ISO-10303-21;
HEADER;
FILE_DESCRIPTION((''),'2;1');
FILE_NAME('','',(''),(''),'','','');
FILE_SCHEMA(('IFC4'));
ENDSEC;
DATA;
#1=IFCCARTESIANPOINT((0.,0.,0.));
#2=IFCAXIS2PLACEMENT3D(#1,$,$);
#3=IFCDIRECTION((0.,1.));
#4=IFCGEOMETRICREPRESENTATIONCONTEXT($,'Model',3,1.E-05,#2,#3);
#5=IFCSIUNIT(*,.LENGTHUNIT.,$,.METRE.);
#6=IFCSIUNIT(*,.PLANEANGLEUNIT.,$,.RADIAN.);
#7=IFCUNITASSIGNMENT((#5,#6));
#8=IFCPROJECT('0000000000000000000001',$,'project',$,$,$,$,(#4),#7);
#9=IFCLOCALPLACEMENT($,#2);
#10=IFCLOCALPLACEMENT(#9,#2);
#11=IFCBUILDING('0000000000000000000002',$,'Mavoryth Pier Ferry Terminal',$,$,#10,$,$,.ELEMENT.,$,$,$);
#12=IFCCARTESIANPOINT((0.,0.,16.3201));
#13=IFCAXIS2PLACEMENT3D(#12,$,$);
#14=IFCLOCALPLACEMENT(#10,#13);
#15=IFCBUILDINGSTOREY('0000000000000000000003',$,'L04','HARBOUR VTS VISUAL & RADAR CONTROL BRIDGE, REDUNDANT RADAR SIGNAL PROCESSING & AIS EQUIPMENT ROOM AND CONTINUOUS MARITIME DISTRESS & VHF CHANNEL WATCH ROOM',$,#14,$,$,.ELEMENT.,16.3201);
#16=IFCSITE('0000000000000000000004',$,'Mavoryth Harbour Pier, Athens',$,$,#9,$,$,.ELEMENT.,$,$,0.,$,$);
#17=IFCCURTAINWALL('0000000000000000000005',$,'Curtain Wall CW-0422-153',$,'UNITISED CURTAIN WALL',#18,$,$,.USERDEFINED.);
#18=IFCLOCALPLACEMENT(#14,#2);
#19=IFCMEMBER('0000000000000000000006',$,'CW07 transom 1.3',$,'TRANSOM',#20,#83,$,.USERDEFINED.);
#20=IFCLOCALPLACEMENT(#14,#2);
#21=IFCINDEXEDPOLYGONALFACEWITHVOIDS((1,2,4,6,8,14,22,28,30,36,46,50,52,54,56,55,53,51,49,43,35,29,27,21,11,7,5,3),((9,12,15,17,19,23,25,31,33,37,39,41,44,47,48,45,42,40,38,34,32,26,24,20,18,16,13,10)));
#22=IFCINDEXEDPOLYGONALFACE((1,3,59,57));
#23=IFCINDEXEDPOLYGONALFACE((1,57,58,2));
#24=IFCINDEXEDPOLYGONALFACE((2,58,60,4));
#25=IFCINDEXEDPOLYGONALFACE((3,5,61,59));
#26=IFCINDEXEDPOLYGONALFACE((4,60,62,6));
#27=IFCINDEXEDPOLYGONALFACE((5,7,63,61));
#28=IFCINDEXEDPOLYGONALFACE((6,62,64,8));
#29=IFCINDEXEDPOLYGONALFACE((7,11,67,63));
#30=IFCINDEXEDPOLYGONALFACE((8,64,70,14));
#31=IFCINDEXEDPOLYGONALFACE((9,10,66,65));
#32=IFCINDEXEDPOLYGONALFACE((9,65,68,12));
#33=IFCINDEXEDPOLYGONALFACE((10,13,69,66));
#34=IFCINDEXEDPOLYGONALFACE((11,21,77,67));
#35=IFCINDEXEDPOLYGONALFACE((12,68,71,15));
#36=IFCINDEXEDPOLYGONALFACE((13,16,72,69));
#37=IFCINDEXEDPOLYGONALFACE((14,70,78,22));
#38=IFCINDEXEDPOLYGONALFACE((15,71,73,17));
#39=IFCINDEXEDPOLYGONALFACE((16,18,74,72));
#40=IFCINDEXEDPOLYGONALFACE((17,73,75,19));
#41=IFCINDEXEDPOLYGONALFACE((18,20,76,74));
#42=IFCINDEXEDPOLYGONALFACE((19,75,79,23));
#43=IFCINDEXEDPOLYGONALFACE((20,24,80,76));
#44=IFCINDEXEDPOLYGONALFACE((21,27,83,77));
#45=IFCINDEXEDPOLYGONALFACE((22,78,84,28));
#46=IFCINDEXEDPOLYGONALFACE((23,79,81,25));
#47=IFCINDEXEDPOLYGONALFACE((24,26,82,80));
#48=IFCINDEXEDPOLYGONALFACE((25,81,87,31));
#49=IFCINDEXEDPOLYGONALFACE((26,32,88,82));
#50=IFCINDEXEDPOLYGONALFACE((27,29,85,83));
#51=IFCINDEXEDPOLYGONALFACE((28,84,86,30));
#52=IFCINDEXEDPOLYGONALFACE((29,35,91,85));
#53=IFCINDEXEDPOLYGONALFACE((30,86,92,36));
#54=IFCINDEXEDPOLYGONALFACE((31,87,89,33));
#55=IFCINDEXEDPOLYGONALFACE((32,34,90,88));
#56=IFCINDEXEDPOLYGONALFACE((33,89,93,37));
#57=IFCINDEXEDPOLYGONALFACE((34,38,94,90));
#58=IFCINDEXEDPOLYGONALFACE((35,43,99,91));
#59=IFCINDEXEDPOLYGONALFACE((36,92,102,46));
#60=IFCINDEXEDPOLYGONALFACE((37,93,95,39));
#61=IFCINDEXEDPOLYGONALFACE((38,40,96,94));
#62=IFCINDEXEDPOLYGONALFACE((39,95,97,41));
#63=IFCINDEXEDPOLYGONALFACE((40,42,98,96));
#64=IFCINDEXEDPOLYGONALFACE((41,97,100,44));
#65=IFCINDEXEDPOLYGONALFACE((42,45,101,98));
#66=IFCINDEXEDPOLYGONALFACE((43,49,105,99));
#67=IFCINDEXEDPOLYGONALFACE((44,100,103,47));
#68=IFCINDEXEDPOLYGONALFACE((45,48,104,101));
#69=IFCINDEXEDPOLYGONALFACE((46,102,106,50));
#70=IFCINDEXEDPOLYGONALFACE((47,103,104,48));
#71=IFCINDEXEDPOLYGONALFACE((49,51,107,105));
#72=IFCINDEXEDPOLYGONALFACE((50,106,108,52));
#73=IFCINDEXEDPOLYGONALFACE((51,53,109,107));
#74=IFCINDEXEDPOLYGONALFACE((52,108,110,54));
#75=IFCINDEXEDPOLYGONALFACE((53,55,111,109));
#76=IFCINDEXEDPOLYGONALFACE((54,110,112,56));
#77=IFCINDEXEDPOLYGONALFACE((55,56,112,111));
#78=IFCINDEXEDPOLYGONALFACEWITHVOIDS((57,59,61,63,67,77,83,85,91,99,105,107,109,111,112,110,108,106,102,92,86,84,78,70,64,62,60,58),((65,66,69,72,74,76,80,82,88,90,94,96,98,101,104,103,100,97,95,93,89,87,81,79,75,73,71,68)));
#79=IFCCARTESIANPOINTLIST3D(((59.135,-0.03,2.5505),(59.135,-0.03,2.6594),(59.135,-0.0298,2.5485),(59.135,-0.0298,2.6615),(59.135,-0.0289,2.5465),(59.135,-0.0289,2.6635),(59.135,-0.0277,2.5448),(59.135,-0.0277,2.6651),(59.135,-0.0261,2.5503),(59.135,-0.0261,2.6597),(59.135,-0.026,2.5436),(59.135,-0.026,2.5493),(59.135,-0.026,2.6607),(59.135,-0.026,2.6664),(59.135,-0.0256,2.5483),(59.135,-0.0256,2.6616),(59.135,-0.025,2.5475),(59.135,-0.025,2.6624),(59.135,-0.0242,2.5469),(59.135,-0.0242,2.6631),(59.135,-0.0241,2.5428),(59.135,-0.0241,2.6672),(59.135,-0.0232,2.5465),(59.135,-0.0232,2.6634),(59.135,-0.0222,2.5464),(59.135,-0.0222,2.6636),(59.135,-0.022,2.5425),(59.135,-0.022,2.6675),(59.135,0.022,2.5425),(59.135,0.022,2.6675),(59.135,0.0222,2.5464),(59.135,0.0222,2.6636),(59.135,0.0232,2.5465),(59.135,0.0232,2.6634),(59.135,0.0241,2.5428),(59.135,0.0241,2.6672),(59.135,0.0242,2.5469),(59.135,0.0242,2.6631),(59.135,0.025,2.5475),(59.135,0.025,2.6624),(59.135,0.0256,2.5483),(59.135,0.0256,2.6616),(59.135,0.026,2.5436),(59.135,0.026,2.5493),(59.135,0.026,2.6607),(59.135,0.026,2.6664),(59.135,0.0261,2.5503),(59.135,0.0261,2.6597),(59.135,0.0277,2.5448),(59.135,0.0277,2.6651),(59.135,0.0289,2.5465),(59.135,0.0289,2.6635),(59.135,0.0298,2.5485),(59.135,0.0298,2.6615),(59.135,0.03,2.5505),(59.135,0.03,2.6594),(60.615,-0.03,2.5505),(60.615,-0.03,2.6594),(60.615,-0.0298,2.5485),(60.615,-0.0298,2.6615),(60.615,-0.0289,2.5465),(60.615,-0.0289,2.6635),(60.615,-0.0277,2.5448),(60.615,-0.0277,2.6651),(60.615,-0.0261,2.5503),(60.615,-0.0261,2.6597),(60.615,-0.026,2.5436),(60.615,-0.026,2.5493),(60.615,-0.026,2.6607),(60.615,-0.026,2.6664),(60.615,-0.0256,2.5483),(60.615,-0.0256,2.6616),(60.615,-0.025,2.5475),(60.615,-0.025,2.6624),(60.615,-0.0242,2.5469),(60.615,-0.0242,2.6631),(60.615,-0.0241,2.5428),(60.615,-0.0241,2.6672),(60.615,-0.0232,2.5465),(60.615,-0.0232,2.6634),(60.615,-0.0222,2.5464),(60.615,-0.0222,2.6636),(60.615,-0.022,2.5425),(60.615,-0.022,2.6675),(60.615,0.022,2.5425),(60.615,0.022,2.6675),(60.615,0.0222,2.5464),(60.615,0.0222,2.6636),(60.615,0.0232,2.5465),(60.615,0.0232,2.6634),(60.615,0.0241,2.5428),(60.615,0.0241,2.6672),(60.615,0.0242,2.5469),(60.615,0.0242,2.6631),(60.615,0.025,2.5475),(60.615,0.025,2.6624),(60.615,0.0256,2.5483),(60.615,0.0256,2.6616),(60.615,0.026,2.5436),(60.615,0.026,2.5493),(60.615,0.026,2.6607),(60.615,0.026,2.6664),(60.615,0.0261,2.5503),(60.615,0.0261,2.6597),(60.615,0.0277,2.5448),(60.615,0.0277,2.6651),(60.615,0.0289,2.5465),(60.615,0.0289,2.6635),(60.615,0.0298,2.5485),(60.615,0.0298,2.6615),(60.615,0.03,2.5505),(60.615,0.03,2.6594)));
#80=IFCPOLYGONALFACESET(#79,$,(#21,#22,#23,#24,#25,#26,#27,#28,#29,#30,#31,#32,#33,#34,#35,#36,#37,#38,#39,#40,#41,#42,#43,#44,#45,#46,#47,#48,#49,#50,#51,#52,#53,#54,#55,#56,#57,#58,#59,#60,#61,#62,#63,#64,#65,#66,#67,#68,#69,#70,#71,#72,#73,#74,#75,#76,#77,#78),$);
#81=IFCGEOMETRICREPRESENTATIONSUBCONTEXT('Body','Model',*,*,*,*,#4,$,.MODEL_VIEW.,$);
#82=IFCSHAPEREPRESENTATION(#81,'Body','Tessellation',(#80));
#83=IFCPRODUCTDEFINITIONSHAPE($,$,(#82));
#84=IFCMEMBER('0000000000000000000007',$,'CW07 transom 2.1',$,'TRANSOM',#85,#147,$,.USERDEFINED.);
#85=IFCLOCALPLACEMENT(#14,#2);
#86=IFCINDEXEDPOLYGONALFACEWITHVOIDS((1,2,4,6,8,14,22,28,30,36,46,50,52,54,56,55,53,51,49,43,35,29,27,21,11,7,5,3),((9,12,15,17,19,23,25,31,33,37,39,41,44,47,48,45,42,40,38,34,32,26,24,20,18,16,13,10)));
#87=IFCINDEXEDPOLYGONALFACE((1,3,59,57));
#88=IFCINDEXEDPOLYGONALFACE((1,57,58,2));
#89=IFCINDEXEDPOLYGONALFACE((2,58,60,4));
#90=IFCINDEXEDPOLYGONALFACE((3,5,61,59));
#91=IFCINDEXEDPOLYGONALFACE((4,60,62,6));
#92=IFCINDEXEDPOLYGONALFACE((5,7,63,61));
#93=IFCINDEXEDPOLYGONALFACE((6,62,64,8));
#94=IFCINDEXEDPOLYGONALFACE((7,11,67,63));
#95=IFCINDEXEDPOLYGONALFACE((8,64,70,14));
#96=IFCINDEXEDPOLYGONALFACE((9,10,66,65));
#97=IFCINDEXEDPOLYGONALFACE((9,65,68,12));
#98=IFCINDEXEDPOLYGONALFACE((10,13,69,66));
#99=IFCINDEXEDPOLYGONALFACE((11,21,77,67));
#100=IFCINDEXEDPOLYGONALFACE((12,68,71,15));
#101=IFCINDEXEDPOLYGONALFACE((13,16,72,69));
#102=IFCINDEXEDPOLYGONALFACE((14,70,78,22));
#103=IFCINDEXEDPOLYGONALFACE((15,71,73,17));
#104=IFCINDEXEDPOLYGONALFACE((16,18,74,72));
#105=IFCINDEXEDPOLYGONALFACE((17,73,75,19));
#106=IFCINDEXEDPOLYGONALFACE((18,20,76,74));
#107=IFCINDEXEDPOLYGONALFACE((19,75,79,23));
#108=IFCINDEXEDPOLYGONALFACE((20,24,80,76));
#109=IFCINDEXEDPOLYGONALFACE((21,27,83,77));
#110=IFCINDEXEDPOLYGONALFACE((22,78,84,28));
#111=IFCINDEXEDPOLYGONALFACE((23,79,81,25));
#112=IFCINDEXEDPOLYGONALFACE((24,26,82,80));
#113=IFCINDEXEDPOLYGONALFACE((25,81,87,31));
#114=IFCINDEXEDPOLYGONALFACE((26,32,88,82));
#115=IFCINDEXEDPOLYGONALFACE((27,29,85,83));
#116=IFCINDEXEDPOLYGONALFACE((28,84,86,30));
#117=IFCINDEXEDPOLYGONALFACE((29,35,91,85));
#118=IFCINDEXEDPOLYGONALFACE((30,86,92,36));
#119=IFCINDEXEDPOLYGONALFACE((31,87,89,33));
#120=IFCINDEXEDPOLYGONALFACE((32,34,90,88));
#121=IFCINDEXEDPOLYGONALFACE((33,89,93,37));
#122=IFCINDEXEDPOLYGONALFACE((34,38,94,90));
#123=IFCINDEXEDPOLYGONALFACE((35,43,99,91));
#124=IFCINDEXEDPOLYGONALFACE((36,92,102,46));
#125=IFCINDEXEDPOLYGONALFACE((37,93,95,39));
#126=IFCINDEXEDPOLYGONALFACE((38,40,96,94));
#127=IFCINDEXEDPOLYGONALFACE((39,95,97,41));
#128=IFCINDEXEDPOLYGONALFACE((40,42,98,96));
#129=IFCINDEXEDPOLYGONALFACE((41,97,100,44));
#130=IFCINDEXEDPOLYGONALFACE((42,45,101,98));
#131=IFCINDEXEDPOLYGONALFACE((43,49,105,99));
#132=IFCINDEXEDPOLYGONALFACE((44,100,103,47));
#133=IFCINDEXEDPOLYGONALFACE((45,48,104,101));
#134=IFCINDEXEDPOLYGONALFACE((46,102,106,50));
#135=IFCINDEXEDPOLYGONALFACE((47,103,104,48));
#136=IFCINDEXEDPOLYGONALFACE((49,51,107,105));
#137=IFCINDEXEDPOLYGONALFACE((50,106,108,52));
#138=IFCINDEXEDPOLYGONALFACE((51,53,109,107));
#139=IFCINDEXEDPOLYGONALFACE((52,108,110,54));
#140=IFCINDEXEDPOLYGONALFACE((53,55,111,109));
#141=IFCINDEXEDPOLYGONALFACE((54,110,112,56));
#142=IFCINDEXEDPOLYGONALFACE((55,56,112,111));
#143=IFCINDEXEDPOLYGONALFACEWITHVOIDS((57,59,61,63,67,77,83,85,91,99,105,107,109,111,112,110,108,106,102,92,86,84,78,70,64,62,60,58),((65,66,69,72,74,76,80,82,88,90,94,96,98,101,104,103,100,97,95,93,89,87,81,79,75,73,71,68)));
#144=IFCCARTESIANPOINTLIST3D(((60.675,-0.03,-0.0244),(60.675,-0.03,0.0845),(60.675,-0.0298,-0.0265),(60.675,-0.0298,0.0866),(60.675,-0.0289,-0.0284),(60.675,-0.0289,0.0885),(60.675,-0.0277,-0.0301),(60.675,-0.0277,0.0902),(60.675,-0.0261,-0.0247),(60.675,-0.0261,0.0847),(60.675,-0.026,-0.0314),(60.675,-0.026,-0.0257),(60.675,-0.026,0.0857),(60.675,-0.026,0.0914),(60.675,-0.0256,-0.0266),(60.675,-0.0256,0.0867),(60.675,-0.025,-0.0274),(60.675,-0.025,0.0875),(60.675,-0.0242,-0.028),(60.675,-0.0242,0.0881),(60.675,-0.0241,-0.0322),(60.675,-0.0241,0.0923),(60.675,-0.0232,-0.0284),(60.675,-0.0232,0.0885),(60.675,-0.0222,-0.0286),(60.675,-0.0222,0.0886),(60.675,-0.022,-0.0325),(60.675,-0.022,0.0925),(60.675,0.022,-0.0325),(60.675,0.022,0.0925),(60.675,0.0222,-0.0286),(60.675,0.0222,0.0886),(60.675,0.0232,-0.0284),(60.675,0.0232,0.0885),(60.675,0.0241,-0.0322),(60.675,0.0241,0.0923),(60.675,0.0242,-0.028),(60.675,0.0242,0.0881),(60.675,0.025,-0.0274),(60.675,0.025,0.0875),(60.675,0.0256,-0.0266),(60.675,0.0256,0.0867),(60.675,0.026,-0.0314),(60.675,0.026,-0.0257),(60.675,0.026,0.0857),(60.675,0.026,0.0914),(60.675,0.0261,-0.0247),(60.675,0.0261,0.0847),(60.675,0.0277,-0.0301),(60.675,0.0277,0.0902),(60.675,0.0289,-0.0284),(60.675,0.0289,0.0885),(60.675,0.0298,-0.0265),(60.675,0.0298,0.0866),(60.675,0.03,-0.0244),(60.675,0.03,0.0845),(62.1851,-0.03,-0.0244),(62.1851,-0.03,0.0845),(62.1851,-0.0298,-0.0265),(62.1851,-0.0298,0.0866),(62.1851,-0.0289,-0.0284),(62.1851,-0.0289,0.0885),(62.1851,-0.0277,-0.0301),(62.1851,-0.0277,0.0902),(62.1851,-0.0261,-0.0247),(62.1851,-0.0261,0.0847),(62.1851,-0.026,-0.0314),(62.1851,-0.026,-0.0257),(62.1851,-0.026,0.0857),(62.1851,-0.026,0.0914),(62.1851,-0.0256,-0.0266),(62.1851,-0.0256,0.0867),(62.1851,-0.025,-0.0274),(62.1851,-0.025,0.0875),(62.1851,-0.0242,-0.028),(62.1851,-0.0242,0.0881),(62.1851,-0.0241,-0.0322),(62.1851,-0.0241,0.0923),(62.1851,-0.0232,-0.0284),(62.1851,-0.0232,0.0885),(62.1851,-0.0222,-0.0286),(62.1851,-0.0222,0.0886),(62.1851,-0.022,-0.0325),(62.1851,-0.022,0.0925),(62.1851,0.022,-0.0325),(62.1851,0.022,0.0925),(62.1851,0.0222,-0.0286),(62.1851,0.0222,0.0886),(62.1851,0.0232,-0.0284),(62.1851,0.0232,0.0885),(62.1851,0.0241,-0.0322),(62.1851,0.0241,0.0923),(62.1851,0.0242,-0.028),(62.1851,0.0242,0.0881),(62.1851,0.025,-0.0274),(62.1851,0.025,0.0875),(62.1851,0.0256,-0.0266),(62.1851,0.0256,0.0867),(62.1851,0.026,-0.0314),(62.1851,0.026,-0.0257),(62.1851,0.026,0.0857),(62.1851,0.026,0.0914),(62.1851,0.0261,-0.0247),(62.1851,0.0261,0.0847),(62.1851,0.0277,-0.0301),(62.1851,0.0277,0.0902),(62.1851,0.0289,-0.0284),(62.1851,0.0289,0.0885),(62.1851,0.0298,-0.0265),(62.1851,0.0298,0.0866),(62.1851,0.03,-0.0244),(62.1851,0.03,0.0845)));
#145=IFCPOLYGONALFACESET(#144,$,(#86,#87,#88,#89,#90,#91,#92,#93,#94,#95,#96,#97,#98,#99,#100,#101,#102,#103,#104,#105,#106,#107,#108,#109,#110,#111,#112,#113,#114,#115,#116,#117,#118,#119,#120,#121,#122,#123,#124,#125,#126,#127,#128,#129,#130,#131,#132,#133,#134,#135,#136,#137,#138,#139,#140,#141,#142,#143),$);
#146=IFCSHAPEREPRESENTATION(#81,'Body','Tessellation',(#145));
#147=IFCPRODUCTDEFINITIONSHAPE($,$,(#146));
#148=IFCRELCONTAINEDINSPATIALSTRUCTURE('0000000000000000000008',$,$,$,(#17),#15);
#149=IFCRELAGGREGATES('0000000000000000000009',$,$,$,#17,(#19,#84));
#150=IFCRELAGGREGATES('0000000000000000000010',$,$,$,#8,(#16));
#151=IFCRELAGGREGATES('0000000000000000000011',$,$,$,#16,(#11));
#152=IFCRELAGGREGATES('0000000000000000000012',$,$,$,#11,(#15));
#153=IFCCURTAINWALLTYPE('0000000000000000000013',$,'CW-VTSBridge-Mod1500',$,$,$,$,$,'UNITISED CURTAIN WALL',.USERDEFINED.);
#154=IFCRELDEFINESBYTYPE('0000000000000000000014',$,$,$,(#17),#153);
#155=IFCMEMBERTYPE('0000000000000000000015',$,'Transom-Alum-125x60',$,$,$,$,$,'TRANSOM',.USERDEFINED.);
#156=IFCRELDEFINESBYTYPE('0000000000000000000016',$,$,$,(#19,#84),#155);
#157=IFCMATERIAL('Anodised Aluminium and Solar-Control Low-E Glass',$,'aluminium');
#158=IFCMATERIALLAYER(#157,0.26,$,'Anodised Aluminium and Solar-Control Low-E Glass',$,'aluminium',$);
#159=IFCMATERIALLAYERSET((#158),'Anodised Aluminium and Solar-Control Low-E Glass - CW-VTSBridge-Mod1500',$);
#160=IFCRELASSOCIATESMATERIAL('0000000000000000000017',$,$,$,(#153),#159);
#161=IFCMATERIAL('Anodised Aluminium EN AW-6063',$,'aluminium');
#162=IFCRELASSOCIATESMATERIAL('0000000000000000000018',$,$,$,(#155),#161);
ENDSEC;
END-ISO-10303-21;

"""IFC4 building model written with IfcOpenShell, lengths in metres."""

from ifc_helpers import new_model, si_unit, direction, frame, origin, origin_2d, place, context, subcontext, project, spatial, hollow_rectangle, extrude, material, layer, layer_set, material_profile, profile_set, type_object, element, aggregate, save


model = new_model("IFC4")

# Units and contexts
model_context = context("Model", 3, precision=1e-05, world=origin(), true_north=direction((0.0, 1.0)))
body_context = subcontext(model_context, "Body", "Model", "MODEL_VIEW")
ifc_project = project(units=[si_unit("LENGTHUNIT", "METRE"), si_unit("PLANEANGLEUNIT", "RADIAN")], contexts=[model_context])

# Site, building, storey
site_placement = place(None, origin())
site = spatial("IfcSite", under=ifc_project, at=site_placement, Name="Mavoryth Harbour Pier, Athens", CompositionType="ELEMENT", RefElevation=0.0)
building_placement = place(site_placement, origin())
building = spatial("IfcBuilding", under=site, at=building_placement, Name="Mavoryth Pier Ferry Terminal", CompositionType="ELEMENT")
storey_placement = place(building_placement, frame((0.0, 0.0, 16.3201)))
storey = spatial("IfcBuildingStorey", under=building, at=storey_placement, Name="L04", Description="HARBOUR VTS VISUAL & RADAR CONTROL BRIDGE, REDUNDANT RADAR SIGNAL PROCESSING & AIS EQUIPMENT ROOM AND CONTINUOUS MARITIME DISTRESS & VHF CHANNEL WATCH ROOM", CompositionType="ELEMENT", Elevation=16.3201)

# Shared definitions
ifc_material_1 = material(Name="Anodised Aluminium and Solar-Control Low-E Glass", Category="aluminium")
ifc_layer_1 = layer(ifc_material_1, 0.26, Name="Anodised Aluminium and Solar-Control Low-E Glass", Category="aluminium")
ifc_layer_set_1 = layer_set([ifc_layer_1], Name="Anodised Aluminium and Solar-Control Low-E Glass - CW-VTSBridge-Mod1500")
curtain_wall_type = type_object("IfcCurtainWallType", Name="CW-VTSBridge-Mod1500", ElementType="UNITISED CURTAIN WALL", PredefinedType="USERDEFINED", material=ifc_layer_set_1)
ifc_material_2 = material(Name="Anodised Aluminium EN AW-6063", Category="aluminium")

# Curtain wall
curtain_wall_1_placement = place(storey_placement, origin())
curtain_wall_1 = element("IfcCurtainWall", 1, at=curtain_wall_1_placement, inside=storey, type_object=curtain_wall_type, Name="Curtain Wall CW-0422-153", ObjectType="UNITISED CURTAIN WALL", PredefinedType="USERDEFINED")

# Members
ifc_material_profile_1 = material_profile(ifc_material_2, hollow_rectangle(XDim=0.0601, YDim=0.125, WallThickness=0.0039, InnerFilletRadius=0.0039, OuterFilletRadius=0.0081, at=origin_2d()), Name="AL-TRAN 125x60x4", Category="aluminium")
ifc_profile_set_1 = profile_set([ifc_material_profile_1], Name="Anodised Aluminium EN AW-6063 - AL-TRAN 125x60x4")
member_type_1 = type_object("IfcMemberType", Name="Transom-Alum-125x60", ElementType="TRANSOM", PredefinedType="USERDEFINED", material=ifc_profile_set_1)
member_1_placement = place(storey_placement, frame((59.135, 0.0, 2.605), z_axis=(1.0, 0.0, 0.0), x_axis=(0.0, 1.0, 0.0)))
member_1 = element("IfcMember", 2, at=member_1_placement, type_object=member_type_1, Name="CW07 transom 1.3", ObjectType="TRANSOM", PredefinedType="USERDEFINED", context=body_context, shape_type="SweptSolid", body=[
    extrude(hollow_rectangle(XDim=0.0601, YDim=0.125, WallThickness=0.0039, InnerFilletRadius=0.0039, OuterFilletRadius=0.0081, at=origin_2d()), origin(), (0.0, 0.0, 1.0), 1.48),
])
member_2_placement = place(storey_placement, frame((60.675, 0.0, 0.03), z_axis=(1.0, 0.0, 0.0), x_axis=(0.0, 1.0, 0.0)))
member_2 = element("IfcMember", 3, at=member_2_placement, type_object=member_type_1, Name="CW07 transom 2.1", ObjectType="TRANSOM", PredefinedType="USERDEFINED", context=body_context, shape_type="SweptSolid", body=[
    extrude(hollow_rectangle(XDim=0.0601, YDim=0.125, WallThickness=0.0039, InnerFilletRadius=0.0039, OuterFilletRadius=0.0081, at=origin_2d()), origin(), (0.0, 0.0, 1.0), 1.51),
])

aggregate(curtain_wall_1, [member_1, member_2])

save(model, "model.ifc")
